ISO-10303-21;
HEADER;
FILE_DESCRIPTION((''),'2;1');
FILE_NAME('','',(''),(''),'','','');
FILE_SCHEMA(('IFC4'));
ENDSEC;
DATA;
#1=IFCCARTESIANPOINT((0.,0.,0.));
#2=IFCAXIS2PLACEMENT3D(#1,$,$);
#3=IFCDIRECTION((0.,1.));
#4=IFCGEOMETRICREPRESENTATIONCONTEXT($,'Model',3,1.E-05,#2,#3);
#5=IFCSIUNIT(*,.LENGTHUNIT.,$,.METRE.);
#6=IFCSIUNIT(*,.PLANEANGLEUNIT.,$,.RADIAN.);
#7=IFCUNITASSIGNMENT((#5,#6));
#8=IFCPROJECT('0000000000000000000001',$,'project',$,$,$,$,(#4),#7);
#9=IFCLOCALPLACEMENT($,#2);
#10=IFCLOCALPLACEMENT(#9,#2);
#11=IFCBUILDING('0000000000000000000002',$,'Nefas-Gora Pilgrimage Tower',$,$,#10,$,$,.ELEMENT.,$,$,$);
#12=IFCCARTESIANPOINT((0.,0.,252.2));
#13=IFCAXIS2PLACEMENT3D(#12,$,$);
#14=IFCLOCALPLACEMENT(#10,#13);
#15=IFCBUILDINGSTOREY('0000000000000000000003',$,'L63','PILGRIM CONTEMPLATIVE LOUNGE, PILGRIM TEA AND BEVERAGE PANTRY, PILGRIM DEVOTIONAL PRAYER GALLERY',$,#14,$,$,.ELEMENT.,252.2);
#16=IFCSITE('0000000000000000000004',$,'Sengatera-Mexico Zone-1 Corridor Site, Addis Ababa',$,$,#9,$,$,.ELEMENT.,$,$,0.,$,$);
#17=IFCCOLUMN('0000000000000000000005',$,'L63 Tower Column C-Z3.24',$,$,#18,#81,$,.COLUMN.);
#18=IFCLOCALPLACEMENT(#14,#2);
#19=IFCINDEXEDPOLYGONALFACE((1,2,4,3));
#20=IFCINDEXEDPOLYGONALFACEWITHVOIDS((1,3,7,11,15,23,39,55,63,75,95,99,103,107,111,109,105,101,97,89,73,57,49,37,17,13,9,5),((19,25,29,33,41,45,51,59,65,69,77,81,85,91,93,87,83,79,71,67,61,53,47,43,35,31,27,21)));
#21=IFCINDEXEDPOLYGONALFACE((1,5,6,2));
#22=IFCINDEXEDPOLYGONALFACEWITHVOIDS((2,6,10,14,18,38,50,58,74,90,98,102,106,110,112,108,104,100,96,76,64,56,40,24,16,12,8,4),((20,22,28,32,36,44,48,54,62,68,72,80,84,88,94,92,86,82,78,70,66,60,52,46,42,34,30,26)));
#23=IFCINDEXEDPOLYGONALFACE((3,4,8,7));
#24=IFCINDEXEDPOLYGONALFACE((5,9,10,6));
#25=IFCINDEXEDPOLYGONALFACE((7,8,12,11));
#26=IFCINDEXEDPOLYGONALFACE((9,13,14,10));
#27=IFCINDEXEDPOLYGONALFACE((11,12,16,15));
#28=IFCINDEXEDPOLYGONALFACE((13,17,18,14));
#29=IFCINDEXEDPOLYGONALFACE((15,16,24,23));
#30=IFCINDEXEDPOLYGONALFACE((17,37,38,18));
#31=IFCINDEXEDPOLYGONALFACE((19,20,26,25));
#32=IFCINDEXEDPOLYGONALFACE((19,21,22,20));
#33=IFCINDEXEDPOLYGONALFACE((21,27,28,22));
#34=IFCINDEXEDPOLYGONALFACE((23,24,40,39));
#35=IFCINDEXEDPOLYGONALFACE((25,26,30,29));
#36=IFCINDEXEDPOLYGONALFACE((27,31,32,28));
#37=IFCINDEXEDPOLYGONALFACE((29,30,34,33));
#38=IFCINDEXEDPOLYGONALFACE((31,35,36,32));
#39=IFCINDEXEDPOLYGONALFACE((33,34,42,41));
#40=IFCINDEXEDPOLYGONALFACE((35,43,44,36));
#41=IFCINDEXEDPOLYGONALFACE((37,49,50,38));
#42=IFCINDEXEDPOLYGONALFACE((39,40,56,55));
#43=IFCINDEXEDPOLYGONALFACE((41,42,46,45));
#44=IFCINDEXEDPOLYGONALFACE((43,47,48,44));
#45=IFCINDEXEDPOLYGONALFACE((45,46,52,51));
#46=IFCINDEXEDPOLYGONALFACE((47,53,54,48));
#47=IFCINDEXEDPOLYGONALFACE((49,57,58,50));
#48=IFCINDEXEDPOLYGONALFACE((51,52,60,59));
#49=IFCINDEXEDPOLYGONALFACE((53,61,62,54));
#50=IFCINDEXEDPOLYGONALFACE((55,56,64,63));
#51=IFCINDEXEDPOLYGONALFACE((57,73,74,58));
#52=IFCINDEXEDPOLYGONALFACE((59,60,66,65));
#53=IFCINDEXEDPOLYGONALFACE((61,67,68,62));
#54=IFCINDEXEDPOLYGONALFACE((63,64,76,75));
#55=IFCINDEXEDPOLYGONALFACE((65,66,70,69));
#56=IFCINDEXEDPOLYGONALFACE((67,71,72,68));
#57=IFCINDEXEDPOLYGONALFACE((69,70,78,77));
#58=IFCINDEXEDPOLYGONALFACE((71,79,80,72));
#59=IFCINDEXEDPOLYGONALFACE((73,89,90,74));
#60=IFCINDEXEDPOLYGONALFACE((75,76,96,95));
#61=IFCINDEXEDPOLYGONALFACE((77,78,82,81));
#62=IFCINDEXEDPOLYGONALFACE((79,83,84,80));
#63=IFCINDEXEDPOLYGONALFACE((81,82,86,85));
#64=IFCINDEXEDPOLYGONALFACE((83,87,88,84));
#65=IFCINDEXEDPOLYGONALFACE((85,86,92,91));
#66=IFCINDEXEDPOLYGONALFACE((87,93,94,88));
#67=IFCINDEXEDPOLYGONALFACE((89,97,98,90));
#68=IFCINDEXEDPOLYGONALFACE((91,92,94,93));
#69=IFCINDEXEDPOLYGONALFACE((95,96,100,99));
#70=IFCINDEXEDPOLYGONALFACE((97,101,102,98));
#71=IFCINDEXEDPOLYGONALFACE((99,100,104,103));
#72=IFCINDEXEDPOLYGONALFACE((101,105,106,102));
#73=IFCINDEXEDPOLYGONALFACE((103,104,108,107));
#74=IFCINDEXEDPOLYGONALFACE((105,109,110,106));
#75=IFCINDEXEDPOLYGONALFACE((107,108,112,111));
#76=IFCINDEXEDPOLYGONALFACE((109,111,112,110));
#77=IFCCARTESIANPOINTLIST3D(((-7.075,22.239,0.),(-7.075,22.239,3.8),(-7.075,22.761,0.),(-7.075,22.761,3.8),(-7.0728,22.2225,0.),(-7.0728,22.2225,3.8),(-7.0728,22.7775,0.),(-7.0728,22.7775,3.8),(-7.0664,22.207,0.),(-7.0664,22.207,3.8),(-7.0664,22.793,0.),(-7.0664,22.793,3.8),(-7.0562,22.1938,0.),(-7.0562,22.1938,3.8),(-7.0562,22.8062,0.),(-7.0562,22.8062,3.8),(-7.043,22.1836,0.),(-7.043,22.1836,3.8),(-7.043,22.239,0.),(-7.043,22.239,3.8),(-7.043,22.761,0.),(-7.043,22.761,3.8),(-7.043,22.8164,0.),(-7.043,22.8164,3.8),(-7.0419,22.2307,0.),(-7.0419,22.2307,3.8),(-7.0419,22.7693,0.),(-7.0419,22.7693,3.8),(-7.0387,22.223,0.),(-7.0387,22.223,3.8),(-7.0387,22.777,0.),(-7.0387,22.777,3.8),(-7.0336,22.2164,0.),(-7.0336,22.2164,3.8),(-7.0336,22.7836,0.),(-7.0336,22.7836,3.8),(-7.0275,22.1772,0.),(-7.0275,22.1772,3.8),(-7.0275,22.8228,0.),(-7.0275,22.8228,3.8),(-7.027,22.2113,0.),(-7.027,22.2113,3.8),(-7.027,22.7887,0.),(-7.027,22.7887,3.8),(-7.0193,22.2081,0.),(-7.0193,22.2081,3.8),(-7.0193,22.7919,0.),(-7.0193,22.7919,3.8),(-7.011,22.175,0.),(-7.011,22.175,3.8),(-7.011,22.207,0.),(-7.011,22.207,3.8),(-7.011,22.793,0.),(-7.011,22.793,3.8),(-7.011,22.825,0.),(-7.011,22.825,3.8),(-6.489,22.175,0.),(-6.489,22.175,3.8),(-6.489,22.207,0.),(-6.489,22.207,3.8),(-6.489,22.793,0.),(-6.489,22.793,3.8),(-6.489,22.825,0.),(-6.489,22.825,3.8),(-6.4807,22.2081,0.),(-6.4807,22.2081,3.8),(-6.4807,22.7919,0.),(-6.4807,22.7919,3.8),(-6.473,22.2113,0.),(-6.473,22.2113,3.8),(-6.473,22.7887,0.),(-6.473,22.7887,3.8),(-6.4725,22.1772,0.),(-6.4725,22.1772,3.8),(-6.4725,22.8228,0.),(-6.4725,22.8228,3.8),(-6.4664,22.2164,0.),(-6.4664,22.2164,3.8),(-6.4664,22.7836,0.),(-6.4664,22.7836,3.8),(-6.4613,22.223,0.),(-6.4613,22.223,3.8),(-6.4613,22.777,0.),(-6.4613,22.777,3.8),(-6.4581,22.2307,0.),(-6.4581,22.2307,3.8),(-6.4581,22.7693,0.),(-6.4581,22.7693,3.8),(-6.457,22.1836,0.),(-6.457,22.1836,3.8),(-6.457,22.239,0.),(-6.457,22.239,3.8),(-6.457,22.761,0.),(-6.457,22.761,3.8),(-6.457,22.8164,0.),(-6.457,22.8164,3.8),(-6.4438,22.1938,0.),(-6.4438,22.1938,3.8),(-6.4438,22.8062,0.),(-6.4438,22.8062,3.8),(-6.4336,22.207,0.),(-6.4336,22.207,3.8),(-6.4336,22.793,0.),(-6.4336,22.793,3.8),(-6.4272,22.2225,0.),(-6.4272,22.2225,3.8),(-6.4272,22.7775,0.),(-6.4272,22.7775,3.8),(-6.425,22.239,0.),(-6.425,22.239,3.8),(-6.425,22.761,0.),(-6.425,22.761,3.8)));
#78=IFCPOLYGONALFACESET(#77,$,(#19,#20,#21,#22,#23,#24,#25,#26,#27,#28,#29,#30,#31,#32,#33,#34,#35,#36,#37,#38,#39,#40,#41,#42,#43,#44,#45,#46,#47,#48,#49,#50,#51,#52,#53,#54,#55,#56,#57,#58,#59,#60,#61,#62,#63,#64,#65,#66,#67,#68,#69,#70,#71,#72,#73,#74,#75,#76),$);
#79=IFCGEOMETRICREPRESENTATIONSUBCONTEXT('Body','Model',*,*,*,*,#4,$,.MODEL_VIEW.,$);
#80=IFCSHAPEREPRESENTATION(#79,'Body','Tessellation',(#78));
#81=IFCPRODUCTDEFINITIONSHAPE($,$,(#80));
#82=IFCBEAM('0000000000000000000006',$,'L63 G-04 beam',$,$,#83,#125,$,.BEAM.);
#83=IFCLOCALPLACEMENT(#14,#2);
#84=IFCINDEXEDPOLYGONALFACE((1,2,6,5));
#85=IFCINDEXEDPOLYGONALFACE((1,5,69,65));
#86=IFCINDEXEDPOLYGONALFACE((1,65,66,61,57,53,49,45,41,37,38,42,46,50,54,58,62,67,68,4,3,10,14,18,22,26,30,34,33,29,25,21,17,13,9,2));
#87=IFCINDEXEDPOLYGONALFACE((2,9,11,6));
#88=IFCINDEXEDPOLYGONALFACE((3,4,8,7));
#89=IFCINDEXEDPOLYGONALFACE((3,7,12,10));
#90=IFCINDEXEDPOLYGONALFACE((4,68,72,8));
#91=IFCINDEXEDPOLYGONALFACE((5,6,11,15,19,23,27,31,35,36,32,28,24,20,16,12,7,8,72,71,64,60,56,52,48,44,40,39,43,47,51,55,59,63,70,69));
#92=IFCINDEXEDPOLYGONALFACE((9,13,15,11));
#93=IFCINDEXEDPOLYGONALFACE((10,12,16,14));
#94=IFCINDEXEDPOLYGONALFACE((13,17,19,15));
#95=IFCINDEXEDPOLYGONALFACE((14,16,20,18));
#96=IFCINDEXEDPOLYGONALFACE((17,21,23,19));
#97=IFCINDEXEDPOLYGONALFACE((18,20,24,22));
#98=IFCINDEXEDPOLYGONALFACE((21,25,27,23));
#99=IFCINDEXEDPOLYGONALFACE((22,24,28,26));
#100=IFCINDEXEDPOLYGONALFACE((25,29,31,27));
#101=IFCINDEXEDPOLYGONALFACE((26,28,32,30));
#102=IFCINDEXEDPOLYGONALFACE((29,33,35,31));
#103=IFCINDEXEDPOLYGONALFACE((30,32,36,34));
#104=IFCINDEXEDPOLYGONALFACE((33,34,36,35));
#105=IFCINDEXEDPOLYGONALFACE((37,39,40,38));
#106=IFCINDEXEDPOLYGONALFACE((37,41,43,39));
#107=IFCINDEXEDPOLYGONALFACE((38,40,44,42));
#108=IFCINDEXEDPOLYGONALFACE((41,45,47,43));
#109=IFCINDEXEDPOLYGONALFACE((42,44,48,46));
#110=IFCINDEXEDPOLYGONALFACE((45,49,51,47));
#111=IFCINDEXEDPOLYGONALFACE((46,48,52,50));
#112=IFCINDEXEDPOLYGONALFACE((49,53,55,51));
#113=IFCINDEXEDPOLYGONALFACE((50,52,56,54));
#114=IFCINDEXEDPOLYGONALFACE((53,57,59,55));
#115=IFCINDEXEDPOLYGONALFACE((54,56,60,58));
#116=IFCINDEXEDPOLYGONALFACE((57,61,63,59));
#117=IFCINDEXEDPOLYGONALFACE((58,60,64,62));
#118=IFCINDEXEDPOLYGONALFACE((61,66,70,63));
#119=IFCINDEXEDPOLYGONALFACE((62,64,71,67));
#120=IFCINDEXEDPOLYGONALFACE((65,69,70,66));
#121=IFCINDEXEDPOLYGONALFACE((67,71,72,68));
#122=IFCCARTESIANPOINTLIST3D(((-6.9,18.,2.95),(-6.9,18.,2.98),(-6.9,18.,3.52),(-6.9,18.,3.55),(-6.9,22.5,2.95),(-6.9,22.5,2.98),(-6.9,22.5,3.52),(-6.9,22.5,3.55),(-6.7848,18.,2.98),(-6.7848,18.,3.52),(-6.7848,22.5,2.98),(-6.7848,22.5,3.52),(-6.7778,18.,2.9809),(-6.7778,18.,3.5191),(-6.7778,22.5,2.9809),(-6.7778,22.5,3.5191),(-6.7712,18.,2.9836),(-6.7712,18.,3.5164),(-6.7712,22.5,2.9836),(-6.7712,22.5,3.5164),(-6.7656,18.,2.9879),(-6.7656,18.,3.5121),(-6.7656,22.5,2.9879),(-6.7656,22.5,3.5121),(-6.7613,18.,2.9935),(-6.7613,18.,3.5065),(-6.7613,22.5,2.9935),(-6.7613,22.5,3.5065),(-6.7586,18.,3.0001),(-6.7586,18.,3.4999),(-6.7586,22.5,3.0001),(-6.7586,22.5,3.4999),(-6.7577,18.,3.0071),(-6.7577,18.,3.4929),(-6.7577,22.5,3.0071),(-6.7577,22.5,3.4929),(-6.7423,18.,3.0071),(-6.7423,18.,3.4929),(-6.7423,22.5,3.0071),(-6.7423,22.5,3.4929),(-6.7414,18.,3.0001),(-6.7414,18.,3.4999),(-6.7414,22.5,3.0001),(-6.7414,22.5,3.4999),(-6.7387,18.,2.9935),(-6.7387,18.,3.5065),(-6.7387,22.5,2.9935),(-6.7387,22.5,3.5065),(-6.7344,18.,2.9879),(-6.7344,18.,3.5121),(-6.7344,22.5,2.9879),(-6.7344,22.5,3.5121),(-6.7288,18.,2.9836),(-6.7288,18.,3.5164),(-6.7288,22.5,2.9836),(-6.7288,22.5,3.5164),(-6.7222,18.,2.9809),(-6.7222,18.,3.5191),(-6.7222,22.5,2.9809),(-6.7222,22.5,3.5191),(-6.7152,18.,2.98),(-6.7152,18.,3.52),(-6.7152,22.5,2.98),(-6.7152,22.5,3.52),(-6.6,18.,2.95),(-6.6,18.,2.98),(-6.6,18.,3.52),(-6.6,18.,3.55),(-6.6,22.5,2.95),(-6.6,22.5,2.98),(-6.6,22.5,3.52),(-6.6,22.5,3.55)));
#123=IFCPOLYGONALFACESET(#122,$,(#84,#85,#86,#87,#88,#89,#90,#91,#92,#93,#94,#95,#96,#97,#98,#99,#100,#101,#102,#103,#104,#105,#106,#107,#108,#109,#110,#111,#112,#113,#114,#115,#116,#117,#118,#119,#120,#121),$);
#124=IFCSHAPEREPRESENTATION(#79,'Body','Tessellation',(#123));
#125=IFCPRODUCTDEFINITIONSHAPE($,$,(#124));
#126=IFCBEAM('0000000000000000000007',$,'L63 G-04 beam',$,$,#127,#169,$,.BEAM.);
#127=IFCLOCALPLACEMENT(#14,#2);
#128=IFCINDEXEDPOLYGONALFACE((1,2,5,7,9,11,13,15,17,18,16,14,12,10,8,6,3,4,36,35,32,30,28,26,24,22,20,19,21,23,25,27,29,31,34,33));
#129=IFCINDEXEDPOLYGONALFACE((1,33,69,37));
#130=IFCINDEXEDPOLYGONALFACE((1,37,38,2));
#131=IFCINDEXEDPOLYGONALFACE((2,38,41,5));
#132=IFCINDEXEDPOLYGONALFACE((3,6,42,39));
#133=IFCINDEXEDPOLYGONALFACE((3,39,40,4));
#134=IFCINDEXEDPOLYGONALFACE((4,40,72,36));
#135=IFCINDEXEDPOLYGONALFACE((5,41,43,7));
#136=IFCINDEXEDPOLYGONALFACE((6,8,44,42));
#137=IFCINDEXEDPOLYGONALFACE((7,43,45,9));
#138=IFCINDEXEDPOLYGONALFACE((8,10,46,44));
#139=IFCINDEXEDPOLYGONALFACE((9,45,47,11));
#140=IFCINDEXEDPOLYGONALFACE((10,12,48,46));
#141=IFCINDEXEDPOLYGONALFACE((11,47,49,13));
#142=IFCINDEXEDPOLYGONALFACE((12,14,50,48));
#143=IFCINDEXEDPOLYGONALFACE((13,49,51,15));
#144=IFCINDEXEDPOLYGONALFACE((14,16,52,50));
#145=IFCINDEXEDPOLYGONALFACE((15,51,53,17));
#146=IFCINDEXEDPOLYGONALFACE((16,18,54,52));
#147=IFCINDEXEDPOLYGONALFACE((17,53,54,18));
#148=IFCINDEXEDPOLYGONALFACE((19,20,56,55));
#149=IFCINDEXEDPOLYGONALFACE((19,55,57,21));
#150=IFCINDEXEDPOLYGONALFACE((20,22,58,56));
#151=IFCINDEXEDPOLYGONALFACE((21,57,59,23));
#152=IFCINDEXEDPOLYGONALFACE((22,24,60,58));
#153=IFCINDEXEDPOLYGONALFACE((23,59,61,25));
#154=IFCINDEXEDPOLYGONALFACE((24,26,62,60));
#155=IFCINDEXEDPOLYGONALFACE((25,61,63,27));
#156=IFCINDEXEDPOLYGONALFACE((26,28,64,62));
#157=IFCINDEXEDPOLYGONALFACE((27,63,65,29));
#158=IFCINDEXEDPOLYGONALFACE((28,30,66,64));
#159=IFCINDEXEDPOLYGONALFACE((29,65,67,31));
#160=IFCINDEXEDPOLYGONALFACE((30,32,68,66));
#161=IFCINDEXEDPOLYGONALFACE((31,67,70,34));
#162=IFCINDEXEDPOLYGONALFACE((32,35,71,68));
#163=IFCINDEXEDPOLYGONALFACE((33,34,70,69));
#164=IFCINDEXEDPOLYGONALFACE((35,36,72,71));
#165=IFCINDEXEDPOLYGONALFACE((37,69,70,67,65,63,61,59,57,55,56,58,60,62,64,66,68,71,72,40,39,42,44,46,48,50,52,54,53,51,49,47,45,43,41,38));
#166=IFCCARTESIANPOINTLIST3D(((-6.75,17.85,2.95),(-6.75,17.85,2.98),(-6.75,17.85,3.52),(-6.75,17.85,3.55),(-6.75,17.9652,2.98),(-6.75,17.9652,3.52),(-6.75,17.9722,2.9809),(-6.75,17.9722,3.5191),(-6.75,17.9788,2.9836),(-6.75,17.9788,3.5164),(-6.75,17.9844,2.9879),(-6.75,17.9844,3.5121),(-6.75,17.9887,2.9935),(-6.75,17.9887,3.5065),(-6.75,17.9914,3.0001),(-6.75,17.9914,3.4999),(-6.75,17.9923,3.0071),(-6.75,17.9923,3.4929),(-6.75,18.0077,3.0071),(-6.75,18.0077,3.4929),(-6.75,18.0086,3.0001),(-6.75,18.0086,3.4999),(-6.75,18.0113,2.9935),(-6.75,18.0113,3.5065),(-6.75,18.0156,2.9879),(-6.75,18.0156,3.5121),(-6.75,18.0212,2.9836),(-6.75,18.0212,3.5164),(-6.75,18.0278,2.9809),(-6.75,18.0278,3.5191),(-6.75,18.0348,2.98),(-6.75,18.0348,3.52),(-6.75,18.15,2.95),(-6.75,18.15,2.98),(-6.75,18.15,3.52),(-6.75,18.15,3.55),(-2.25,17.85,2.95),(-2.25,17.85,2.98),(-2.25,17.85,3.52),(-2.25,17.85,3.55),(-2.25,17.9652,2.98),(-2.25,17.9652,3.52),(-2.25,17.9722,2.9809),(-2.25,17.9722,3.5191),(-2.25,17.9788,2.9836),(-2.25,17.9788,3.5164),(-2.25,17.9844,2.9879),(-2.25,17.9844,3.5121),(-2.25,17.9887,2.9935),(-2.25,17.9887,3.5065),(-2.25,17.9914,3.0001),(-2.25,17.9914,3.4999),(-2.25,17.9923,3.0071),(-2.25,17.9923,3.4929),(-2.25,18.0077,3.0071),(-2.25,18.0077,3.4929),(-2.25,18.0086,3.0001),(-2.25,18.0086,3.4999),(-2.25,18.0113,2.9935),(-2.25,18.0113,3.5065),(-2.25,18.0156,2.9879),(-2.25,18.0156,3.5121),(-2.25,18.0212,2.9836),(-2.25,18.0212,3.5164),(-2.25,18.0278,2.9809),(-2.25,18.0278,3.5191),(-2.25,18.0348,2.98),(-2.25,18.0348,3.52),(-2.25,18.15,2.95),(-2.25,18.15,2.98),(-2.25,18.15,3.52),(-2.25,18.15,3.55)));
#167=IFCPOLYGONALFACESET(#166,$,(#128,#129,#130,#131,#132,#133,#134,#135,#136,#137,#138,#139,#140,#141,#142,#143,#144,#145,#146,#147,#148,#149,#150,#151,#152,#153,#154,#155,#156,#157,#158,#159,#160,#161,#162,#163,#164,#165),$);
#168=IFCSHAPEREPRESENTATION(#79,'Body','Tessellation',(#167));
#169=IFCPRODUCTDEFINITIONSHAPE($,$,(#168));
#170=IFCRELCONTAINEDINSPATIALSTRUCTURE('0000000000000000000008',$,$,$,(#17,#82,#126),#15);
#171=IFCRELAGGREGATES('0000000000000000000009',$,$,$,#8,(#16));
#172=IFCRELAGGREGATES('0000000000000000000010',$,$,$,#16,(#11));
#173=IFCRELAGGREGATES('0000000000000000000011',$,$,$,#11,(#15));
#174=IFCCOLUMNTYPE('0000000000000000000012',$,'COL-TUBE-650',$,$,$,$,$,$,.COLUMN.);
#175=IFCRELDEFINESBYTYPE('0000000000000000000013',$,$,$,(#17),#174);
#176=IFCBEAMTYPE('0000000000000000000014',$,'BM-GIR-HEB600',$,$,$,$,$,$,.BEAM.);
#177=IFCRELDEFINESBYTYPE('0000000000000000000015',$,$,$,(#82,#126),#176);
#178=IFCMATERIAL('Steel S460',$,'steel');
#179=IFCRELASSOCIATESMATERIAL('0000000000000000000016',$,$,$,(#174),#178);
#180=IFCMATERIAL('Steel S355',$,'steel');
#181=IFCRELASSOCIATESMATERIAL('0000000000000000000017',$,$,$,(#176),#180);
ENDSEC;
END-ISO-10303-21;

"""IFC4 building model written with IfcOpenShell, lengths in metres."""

from ifc_helpers import new_model, si_unit, direction, frame, origin, origin_2d, place, context, subcontext, project, spatial, hollow_rectangle, i_section, extrude, source, transform, mapped, material, material_profile, profile_set, type_object, element, save


model = new_model("IFC4")

# Units and contexts
model_context = context("Model", 3, precision=1e-05, world=origin(), true_north=direction((0.0, 1.0)))
body_context = subcontext(model_context, "Body", "Model", "MODEL_VIEW")
ifc_project = project(units=[si_unit("LENGTHUNIT", "METRE"), si_unit("PLANEANGLEUNIT", "RADIAN")], contexts=[model_context])

# Site, building, storey
site_placement = place(None, origin())
site = spatial("IfcSite", under=ifc_project, at=site_placement, Name="Sengatera-Mexico Zone-1 Corridor Site, Addis Ababa", CompositionType="ELEMENT", RefElevation=0.0)
building_placement = place(site_placement, origin())
building = spatial("IfcBuilding", under=site, at=building_placement, Name="Nefas-Gora Pilgrimage Tower", CompositionType="ELEMENT")
storey_placement = place(building_placement, frame((0.0, 0.0, 252.2)))
storey = spatial("IfcBuildingStorey", under=building, at=storey_placement, Name="L63", Description="PILGRIM CONTEMPLATIVE LOUNGE, PILGRIM TEA AND BEVERAGE PANTRY, PILGRIM DEVOTIONAL PRAYER GALLERY", CompositionType="ELEMENT", Elevation=252.2)

# Column
ifc_material_1 = material(Name="Steel S460", Category="steel")
ifc_material_profile_1 = material_profile(ifc_material_1, hollow_rectangle(XDim=0.6499, YDim=0.6499, WallThickness=0.032, InnerFilletRadius=0.032, OuterFilletRadius=0.064, at=origin_2d()), Name="BOX 650x650x32")
ifc_profile_set_1 = profile_set([ifc_material_profile_1], Name="Steel S460")
column_type_1 = type_object("IfcColumnType", Name="COL-TUBE-650", PredefinedType="COLUMN", material=ifc_profile_set_1)
shared_shape_1 = source(origin(), body_context, "Body", "SweptSolid", [
    extrude(hollow_rectangle(XDim=0.6499, YDim=0.6499, WallThickness=0.032, InnerFilletRadius=0.032, OuterFilletRadius=0.064, at=origin_2d()), origin(), (0.0, 0.0, 1.0), 3.8),
])
column_placement = place(storey_placement, frame((-6.75, 22.5, 0.0), z_axis=(0.0, 0.0, 1.0), x_axis=(1.0, 0.0, 0.0)))
element("IfcColumn", 1, at=column_placement, inside=storey, type_object=column_type_1, Name="L63 Tower Column C-Z3.24", PredefinedType="COLUMN", context=body_context, shape_type="MappedRepresentation", body=[
    mapped(shared_shape_1, transform((0.0, 0.0, 0.0), x_axis=(1.0, 0.0, 0.0), y_axis=(0.0, 1.0, 0.0), z_axis=(0.0, 0.0, 1.0), scale=1.0)),
])

# Beams
ifc_material_2 = material(Name="Steel S355", Category="steel")
ifc_material_profile_2 = material_profile(ifc_material_2, i_section(OverallWidth=0.3, OverallDepth=0.6001, WebThickness=0.0154, FlangeThickness=0.03, FilletRadius=0.0271, at=origin_2d()), Name="HEB 600")
ifc_profile_set_2 = profile_set([ifc_material_profile_2], Name="Steel S355")
beam_type = type_object("IfcBeamType", Name="BM-GIR-HEB600", PredefinedType="BEAM", material=ifc_profile_set_2)
shared_shape_2 = source(origin(), body_context, "Body", "SweptSolid", [
    extrude(i_section(OverallWidth=0.3, OverallDepth=0.6001, WebThickness=0.0154, FlangeThickness=0.03, FilletRadius=0.0271, at=origin_2d()), origin(), (0.0, 0.0, 1.0), 4.5),
])
for number, where, z_axis, x_axis, name in (
    (2, (-6.75, 18.0, 3.25), (0.0, 1.0, 0.0), (-1.0, 0.0, 0.0), "L63 G-04 beam"),
    (3, (-6.75, 18.0, 3.25), (1.0, 0.0, 0.0), (0.0, 1.0, 0.0), "L63 G-04 beam"),
):
    element("IfcBeam", number, at=place(storey_placement, frame(where, z_axis=z_axis, x_axis=x_axis)), inside=storey, type_object=beam_type, Name=name, PredefinedType="BEAM", context=body_context, shape_type="MappedRepresentation", body=[
        mapped(shared_shape_2, transform((0.0, 0.0, 0.0), x_axis=(1.0, 0.0, 0.0), y_axis=(0.0, 1.0, 0.0), z_axis=(0.0, 0.0, 1.0), scale=1.0)),
    ])

save(model, "model.ifc")
